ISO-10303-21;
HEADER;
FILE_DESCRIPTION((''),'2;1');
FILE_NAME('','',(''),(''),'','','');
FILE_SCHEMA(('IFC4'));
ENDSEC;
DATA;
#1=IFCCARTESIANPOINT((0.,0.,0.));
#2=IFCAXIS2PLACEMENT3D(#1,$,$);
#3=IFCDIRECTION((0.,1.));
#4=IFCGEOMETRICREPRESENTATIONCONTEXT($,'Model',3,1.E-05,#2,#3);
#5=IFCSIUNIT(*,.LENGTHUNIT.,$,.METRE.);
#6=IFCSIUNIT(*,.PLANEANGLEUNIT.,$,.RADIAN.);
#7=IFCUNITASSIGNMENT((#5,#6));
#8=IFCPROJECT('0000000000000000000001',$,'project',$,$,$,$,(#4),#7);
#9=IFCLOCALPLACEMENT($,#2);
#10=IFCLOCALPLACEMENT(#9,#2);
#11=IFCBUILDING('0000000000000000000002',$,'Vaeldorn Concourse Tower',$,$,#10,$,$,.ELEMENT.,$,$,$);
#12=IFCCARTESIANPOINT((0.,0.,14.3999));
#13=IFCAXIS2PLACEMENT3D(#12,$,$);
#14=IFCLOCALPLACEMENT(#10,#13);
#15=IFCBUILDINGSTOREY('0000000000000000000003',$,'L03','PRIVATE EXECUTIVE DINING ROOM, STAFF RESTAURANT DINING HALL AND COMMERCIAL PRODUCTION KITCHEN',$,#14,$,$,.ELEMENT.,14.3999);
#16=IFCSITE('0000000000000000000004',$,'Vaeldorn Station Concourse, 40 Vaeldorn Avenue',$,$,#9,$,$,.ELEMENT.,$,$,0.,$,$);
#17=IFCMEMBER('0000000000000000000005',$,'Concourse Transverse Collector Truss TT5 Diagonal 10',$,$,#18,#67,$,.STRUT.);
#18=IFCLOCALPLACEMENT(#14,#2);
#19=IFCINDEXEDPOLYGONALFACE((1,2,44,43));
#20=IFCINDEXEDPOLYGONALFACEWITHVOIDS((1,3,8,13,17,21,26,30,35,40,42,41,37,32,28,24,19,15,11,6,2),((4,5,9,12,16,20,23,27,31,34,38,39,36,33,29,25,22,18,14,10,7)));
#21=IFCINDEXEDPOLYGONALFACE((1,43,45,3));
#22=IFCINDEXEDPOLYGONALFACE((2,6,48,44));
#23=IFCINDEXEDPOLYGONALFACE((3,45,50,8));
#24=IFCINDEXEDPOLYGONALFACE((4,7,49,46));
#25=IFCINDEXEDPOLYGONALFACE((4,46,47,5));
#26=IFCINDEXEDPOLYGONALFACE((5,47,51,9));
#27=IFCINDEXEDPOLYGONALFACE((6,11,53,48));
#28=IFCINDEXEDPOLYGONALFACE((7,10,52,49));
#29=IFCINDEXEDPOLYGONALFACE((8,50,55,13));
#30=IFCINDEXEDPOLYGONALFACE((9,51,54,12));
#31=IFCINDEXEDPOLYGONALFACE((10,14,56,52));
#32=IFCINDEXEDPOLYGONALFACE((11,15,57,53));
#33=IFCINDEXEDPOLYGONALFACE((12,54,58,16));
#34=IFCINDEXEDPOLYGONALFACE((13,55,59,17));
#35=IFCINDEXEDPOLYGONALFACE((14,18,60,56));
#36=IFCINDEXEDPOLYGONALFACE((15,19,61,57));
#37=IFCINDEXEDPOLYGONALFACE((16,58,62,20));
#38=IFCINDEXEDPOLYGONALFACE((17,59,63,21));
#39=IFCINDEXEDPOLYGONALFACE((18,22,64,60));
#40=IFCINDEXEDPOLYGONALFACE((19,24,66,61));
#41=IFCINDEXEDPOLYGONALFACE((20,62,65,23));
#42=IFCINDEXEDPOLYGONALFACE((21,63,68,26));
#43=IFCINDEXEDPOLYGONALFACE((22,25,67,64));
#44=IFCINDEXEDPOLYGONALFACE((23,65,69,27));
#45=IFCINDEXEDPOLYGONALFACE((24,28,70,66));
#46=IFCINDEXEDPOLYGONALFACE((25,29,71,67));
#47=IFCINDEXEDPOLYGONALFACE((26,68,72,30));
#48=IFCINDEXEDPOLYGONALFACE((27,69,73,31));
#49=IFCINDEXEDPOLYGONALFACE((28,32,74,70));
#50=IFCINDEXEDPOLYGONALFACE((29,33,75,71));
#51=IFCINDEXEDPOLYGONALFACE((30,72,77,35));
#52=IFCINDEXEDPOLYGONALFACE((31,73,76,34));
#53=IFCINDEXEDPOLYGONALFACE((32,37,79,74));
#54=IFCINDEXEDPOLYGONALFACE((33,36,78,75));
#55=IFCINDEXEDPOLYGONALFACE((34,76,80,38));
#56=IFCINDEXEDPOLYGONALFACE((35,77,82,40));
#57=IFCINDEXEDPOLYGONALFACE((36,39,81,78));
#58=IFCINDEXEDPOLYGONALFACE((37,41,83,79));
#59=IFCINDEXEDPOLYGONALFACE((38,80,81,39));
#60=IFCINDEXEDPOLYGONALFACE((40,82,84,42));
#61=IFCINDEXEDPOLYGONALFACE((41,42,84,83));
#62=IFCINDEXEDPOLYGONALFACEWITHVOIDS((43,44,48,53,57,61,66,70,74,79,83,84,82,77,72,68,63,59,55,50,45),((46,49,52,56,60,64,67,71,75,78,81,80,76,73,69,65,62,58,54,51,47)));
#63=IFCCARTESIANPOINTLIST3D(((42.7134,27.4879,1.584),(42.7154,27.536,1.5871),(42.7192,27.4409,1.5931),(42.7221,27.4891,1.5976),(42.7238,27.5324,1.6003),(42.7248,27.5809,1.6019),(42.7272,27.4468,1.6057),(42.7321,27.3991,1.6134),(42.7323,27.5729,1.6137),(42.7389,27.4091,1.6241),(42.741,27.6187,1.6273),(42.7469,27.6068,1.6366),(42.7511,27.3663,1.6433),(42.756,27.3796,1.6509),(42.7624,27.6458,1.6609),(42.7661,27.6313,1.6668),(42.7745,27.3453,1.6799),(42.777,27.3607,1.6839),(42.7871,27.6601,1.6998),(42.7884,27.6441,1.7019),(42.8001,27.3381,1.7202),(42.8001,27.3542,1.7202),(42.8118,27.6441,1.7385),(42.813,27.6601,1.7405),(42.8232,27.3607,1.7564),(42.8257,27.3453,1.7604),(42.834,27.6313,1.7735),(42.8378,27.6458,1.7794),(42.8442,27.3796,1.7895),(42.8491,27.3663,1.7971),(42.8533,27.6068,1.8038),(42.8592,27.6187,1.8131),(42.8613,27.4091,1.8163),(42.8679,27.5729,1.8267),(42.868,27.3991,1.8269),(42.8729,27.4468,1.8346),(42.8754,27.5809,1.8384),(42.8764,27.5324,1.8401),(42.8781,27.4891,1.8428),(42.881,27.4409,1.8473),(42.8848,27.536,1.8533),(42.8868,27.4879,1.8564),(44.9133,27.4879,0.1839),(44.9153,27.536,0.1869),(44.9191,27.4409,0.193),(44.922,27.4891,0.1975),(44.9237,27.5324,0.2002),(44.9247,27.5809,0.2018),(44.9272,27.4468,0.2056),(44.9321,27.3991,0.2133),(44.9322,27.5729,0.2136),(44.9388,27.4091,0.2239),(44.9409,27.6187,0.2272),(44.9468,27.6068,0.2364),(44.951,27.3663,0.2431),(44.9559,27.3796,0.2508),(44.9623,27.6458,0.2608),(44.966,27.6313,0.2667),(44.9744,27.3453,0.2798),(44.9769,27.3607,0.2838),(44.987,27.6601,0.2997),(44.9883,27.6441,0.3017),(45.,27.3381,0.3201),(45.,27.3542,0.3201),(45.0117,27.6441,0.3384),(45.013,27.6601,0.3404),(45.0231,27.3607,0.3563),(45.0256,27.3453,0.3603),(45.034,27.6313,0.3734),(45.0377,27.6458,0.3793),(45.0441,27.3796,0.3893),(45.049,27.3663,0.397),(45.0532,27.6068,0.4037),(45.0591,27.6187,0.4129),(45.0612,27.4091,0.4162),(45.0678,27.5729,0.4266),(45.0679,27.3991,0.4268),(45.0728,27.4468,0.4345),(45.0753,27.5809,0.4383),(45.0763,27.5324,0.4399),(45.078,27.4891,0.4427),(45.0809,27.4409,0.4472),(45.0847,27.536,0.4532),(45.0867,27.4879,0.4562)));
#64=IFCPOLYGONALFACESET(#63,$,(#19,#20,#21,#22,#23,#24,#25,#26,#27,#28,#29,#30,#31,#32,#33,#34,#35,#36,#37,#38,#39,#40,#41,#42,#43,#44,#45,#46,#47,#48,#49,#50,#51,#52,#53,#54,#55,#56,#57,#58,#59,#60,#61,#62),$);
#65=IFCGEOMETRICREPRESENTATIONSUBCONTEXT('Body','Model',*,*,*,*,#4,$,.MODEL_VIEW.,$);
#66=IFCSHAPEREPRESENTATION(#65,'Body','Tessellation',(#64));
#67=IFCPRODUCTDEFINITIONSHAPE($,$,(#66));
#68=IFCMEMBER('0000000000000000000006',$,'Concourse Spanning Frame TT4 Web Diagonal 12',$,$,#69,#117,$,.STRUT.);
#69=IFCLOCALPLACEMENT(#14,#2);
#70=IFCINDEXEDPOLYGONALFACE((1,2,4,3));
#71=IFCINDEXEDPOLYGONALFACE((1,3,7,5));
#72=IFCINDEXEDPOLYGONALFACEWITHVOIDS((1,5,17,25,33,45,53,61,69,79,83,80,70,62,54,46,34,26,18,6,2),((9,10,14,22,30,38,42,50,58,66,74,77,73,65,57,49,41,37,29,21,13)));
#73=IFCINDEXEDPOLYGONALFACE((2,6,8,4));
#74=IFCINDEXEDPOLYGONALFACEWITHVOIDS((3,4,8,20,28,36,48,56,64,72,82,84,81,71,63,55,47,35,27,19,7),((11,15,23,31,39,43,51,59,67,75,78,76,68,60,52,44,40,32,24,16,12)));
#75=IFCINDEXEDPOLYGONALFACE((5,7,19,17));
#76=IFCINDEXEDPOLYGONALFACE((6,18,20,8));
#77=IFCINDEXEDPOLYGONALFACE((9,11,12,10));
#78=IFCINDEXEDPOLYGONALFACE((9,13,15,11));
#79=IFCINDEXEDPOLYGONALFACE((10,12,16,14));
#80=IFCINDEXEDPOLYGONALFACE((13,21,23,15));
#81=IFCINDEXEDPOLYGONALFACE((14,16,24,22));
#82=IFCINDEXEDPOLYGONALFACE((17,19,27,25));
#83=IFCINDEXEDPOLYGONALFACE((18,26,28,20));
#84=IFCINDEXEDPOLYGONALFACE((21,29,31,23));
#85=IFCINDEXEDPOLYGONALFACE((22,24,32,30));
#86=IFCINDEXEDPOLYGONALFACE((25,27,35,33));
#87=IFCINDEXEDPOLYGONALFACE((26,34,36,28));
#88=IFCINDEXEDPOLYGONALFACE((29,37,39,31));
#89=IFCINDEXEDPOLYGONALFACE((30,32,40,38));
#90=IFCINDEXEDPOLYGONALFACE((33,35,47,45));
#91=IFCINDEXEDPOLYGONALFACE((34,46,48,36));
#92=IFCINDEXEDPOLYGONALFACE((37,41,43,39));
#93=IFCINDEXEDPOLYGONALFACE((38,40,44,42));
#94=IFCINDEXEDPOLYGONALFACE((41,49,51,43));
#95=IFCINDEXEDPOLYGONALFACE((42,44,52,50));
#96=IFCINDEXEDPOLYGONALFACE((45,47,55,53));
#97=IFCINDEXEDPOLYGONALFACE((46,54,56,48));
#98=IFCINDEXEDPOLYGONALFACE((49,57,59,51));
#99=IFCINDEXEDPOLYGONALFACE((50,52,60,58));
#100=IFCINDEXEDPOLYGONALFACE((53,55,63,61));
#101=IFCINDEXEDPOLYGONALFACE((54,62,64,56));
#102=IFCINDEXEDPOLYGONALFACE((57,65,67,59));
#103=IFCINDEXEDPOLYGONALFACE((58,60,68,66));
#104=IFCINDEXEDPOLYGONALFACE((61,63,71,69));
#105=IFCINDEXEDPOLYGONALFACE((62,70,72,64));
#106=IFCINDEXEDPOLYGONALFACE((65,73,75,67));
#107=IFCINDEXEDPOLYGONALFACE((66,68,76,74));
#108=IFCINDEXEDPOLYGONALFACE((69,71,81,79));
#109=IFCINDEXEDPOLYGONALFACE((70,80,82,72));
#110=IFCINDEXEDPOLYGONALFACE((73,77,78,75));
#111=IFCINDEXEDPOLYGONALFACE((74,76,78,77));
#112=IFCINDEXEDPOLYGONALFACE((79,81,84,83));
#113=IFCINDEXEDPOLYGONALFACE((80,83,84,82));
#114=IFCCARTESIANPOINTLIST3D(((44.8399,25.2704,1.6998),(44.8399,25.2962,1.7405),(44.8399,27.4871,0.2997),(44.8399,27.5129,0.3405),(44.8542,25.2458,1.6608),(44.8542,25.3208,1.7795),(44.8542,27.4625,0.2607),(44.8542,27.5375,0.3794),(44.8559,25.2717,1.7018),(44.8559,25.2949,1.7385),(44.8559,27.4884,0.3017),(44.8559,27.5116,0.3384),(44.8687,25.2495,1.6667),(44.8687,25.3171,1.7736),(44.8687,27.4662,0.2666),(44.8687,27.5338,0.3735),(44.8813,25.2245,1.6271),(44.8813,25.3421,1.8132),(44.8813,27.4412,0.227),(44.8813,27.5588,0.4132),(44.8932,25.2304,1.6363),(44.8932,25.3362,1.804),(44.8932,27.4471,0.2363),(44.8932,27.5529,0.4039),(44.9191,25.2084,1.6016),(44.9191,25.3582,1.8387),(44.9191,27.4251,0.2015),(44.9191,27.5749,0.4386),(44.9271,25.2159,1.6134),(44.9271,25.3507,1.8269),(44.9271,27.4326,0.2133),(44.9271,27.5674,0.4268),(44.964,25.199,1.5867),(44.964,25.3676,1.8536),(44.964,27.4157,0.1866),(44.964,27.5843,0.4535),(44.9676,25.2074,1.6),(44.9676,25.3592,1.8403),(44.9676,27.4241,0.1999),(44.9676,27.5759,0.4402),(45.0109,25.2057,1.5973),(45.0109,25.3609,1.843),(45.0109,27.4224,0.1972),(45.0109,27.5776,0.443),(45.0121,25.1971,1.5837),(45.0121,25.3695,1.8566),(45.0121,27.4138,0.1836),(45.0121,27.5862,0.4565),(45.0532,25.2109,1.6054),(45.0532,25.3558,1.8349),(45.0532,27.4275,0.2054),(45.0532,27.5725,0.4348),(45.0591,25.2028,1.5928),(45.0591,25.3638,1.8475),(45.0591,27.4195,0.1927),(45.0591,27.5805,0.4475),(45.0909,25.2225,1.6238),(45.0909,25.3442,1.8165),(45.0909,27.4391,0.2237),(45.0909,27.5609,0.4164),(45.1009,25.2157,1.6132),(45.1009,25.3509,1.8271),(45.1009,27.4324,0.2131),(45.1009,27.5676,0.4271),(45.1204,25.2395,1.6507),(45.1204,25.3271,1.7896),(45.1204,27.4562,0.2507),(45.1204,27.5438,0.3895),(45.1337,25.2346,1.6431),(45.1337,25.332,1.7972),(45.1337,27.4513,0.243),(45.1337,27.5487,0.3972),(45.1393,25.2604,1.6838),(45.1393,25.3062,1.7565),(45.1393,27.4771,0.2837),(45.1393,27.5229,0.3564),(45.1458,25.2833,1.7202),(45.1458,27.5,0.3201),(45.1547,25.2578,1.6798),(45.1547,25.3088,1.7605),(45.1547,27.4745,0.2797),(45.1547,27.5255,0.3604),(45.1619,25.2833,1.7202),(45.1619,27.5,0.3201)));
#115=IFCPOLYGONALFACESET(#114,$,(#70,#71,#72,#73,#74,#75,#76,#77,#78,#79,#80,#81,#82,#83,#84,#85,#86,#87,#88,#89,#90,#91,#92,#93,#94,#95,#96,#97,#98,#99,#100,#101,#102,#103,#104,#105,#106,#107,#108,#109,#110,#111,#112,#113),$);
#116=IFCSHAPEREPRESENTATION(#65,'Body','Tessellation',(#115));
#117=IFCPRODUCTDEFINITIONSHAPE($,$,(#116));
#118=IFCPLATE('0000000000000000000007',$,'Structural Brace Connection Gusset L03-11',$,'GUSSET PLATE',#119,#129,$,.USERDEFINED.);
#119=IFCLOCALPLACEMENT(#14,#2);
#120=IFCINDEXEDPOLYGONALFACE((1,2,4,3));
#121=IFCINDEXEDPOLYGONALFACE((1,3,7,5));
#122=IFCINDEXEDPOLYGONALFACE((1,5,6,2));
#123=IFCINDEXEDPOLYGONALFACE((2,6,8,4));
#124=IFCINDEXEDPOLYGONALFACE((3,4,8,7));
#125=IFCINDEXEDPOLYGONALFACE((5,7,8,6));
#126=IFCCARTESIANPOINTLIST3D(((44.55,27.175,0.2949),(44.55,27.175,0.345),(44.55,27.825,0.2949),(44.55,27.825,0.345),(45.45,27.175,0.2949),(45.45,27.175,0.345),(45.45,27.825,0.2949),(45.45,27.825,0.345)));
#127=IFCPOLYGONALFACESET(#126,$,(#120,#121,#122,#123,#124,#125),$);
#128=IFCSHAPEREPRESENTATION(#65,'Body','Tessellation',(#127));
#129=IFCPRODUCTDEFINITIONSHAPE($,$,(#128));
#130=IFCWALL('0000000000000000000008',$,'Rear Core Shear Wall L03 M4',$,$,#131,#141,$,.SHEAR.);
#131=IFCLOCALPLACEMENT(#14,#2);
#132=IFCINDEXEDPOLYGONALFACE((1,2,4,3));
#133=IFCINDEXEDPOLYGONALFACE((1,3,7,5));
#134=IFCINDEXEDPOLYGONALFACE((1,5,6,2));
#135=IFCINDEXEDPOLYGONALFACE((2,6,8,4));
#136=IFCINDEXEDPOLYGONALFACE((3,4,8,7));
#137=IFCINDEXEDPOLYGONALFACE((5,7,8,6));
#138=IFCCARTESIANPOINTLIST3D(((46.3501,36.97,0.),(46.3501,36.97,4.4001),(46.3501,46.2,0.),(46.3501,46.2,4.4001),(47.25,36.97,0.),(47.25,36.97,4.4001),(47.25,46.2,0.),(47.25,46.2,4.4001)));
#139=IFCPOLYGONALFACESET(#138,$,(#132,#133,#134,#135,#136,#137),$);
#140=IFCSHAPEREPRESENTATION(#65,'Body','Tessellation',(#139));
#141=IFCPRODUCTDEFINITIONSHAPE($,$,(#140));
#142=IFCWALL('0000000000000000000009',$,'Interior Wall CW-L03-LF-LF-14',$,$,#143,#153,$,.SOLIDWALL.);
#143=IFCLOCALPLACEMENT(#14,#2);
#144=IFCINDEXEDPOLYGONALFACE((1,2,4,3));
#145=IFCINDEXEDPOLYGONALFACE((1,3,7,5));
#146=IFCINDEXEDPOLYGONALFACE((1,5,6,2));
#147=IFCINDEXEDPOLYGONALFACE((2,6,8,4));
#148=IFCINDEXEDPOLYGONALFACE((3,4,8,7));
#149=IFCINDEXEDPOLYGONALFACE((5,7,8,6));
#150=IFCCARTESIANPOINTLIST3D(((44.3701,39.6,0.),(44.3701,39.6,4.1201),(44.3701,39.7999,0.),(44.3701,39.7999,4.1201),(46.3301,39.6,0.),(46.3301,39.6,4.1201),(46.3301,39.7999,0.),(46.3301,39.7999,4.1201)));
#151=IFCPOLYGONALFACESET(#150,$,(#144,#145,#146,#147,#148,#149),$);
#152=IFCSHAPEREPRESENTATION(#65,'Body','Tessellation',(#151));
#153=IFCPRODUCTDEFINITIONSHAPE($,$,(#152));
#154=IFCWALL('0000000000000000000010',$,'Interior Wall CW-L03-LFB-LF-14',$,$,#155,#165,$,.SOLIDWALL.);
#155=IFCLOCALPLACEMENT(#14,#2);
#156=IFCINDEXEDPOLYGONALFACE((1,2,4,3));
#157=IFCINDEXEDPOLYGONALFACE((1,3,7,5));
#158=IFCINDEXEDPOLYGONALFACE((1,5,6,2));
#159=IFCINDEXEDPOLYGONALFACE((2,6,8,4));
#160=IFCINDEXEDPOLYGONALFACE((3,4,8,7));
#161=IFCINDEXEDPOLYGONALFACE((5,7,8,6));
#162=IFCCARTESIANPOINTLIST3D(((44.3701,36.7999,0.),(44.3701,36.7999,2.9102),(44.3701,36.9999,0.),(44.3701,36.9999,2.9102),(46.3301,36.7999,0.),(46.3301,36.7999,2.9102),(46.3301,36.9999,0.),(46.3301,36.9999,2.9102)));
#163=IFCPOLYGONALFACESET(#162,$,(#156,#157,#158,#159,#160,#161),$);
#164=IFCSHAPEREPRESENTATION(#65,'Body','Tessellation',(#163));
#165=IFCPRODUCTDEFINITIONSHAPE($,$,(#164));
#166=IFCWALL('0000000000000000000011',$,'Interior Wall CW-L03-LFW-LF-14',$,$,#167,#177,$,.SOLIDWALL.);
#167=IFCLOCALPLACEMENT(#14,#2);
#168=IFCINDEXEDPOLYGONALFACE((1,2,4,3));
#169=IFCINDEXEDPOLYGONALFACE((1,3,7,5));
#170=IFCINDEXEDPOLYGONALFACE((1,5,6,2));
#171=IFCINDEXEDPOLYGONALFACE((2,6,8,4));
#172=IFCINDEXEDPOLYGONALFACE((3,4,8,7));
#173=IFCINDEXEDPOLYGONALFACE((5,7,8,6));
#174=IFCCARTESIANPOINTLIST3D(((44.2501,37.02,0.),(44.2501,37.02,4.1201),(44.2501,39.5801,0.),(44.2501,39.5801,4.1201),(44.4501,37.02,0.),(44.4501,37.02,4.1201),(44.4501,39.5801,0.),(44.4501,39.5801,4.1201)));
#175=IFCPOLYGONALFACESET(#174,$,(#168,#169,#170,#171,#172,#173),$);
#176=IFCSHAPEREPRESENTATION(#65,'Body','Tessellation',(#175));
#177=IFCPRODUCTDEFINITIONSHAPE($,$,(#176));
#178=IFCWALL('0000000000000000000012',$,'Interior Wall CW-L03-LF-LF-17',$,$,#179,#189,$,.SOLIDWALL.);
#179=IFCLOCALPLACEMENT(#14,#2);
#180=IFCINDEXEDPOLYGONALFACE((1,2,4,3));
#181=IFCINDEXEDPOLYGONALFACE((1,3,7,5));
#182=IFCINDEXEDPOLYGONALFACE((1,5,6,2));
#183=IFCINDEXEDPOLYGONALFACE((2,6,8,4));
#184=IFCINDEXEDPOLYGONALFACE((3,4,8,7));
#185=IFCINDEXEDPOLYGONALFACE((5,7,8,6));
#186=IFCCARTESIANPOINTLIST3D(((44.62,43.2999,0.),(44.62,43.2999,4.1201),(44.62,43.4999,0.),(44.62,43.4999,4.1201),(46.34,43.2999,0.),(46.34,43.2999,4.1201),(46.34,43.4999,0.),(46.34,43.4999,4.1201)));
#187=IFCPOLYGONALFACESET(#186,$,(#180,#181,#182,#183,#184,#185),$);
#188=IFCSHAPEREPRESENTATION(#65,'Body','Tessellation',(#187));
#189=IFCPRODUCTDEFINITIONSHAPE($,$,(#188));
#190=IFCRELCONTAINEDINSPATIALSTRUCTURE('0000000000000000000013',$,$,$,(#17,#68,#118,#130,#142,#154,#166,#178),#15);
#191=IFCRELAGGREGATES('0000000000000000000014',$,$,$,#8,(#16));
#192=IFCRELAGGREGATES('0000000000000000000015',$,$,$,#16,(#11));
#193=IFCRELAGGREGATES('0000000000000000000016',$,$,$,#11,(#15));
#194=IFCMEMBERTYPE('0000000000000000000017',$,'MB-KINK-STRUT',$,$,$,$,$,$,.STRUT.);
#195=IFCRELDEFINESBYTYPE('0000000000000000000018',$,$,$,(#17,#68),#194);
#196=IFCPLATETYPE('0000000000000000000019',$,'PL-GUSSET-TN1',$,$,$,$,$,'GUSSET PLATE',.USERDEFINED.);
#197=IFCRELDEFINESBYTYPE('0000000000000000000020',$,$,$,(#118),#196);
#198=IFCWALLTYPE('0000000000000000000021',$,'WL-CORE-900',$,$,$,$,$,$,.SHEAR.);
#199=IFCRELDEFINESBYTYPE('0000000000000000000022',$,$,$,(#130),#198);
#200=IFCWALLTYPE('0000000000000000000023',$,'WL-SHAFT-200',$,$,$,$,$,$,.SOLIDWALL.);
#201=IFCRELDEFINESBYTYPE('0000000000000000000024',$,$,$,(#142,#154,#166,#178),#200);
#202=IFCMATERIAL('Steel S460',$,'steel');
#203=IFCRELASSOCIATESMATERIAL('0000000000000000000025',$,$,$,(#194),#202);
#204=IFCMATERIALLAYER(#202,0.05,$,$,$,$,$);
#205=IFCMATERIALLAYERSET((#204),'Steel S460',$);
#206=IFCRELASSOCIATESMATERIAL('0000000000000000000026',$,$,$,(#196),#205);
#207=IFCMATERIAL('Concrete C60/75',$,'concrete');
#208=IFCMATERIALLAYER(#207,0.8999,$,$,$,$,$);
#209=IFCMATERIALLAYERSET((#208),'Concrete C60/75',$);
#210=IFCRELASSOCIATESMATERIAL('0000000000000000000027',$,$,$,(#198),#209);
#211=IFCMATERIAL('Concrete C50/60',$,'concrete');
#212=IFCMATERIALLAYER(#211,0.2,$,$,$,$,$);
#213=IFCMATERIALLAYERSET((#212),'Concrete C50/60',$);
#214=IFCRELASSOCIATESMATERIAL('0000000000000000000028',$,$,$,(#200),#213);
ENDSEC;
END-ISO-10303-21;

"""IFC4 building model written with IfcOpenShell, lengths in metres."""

from ifc_helpers import new_model, si_unit, direction, frame, frame_2d, origin, origin_2d, place, context, subcontext, project, spatial, rectangle, hollow_circle, extrude, source, transform, mapped, material, layer, layer_set, material_profile, profile_set, type_object, element, save


model = new_model("IFC4")

# Units and contexts
model_context = context("Model", 3, precision=1e-05, world=origin(), true_north=direction((0.0, 1.0)))
body_context = subcontext(model_context, "Body", "Model", "MODEL_VIEW")
ifc_project = project(units=[si_unit("LENGTHUNIT", "METRE"), si_unit("PLANEANGLEUNIT", "RADIAN")], contexts=[model_context])

# Site, building, storey
site_placement = place(None, origin())
site = spatial("IfcSite", under=ifc_project, at=site_placement, Name="Vaeldorn Station Concourse, 40 Vaeldorn Avenue", CompositionType="ELEMENT", RefElevation=0.0)
building_placement = place(site_placement, origin())
building = spatial("IfcBuilding", under=site, at=building_placement, Name="Vaeldorn Concourse Tower", CompositionType="ELEMENT")
storey_placement = place(building_placement, frame((0.0, 0.0, 14.3999)))
storey = spatial("IfcBuildingStorey", under=building, at=storey_placement, Name="L03", Description="PRIVATE EXECUTIVE DINING ROOM, STAFF RESTAURANT DINING HALL AND COMMERCIAL PRODUCTION KITCHEN", CompositionType="ELEMENT", Elevation=14.3999)

# Shared definitions
ifc_material_1 = material(Name="Steel S460", Category="steel")

# Shared definitions
ifc_material_2 = material(Name="Concrete C60/75", Category="concrete")

# Members
ifc_material_profile_1 = material_profile(ifc_material_1, hollow_circle(Radius=0.1619, WallThickness=0.0161, at=origin_2d()), Name="CHS 323.9x16")
ifc_profile_set_1 = profile_set([ifc_material_profile_1], Name="Steel S460")
member_type = type_object("IfcMemberType", Name="MB-KINK-STRUT", PredefinedType="STRUT", material=ifc_profile_set_1)
shared_shape_1 = source(origin(), body_context, "Body", "SweptSolid", [
    extrude(hollow_circle(Radius=0.1619, WallThickness=0.0161, at=origin_2d()), origin(), (0.0, 0.0, 1.0), 2.6077),
])
member_1_placement = place(storey_placement, frame((45.0, 27.5, 0.3201), z_axis=(-0.843631, 0.0, 0.536924), x_axis=(0.0, -1.0, 0.0)))
element("IfcMember", 1, at=member_1_placement, inside=storey, type_object=member_type, Name="Concourse Transverse Collector Truss TT5 Diagonal 10", PredefinedType="STRUT", context=body_context, shape_type="MappedRepresentation", body=[
    mapped(shared_shape_1, transform((0.0, 0.0, 0.0), scale=1.0)),
])
shared_shape_2 = source(origin(), body_context, "Body", "SweptSolid", [
    extrude(hollow_circle(Radius=0.1619, WallThickness=0.0161, at=origin_2d()), origin(), (0.0, 0.0, 1.0), 2.6218),
])
member_2_placement = place(storey_placement, frame((45.0, 27.5, 0.3201), z_axis=(0.0, -0.845478, 0.534011), x_axis=(1.0, 0.0, 0.0)))
element("IfcMember", 2, at=member_2_placement, inside=storey, type_object=member_type, Name="Concourse Spanning Frame TT4 Web Diagonal 12", PredefinedType="STRUT", context=body_context, shape_type="MappedRepresentation", body=[
    mapped(shared_shape_2, transform((0.0, 0.0, 0.0), scale=1.0)),
])

# Plate
ifc_layer_1 = layer(ifc_material_1, 0.05)
ifc_layer_set_1 = layer_set([ifc_layer_1], Name="Steel S460")
plate_type = type_object("IfcPlateType", Name="PL-GUSSET-TN1", ElementType="GUSSET PLATE", PredefinedType="USERDEFINED", material=ifc_layer_set_1)
shared_shape_3 = source(origin(), body_context, "Body", "SweptSolid", [
    extrude(rectangle(XDim=0.8999, YDim=0.6499, at=origin_2d()), origin(), (0.0, 0.0, 1.0), 0.05),
])
plate_placement = place(storey_placement, frame((45.0, 27.5, 0.2949), z_axis=(0.0, 0.0, 1.0), x_axis=(1.0, 0.0, 0.0)))
element("IfcPlate", 3, at=plate_placement, inside=storey, type_object=plate_type, Name="Structural Brace Connection Gusset L03-11", ObjectType="GUSSET PLATE", PredefinedType="USERDEFINED", context=body_context, shape_type="MappedRepresentation", body=[
    mapped(shared_shape_3, transform((0.0, 0.0, 0.0), scale=1.0)),
])

# Wall
ifc_layer_2 = layer(ifc_material_2, 0.8999)
ifc_layer_set_2 = layer_set([ifc_layer_2], Name="Concrete C60/75")
wall_type_1 = type_object("IfcWallType", Name="WL-CORE-900", PredefinedType="SHEAR", material=ifc_layer_set_2)
wall_1_placement = place(storey_placement, frame((46.8, 36.97, 0.0), z_axis=(0.0, 0.0, 1.0), x_axis=(0.0, 1.0, 0.0)))
element("IfcWall", 4, at=wall_1_placement, inside=storey, type_object=wall_type_1, Name="Rear Core Shear Wall L03 M4", PredefinedType="SHEAR", context=body_context, shape_type="SweptSolid", body=[
    extrude(rectangle(XDim=9.23, YDim=0.8999, at=frame_2d((4.615, 0.0))), origin(), (0.0, 0.0, 1.0), 4.4001),
])

# Shared definitions
ifc_material_3 = material(Name="Concrete C50/60", Category="concrete")
ifc_layer_3 = layer(ifc_material_3, 0.2)
ifc_layer_set_3 = layer_set([ifc_layer_3], Name="Concrete C50/60")
wall_type_2 = type_object("IfcWallType", Name="WL-SHAFT-200", PredefinedType="SOLIDWALL", material=ifc_layer_set_3)

# Walls
wall_2_placement = place(storey_placement, frame((44.3701, 39.7, 0.0), z_axis=(0.0, 0.0, 1.0), x_axis=(1.0, 0.0, 0.0)))
element("IfcWall", 5, at=wall_2_placement, inside=storey, type_object=wall_type_2, Name="Interior Wall CW-L03-LF-LF-14", PredefinedType="SOLIDWALL", context=body_context, shape_type="SweptSolid", body=[
    extrude(rectangle(XDim=1.96, YDim=0.2, at=frame_2d((0.98, 0.0))), origin(), (0.0, 0.0, 1.0), 4.1201),
])
wall_3_placement = place(storey_placement, frame((44.3701, 36.8999, 0.0), z_axis=(0.0, 0.0, 1.0), x_axis=(1.0, 0.0, 0.0)))
element("IfcWall", 6, at=wall_3_placement, inside=storey, type_object=wall_type_2, Name="Interior Wall CW-L03-LFB-LF-14", PredefinedType="SOLIDWALL", context=body_context, shape_type="SweptSolid", body=[
    extrude(rectangle(XDim=1.96, YDim=0.2, at=frame_2d((0.98, 0.0))), origin(), (0.0, 0.0, 1.0), 2.9102),
])
wall_4_placement = place(storey_placement, frame((44.3501, 37.02, 0.0), z_axis=(0.0, 0.0, 1.0), x_axis=(0.0, 1.0, 0.0)))
element("IfcWall", 7, at=wall_4_placement, inside=storey, type_object=wall_type_2, Name="Interior Wall CW-L03-LFW-LF-14", PredefinedType="SOLIDWALL", context=body_context, shape_type="SweptSolid", body=[
    extrude(rectangle(XDim=2.5601, YDim=0.2, at=frame_2d((1.28, 0.0))), origin(), (0.0, 0.0, 1.0), 4.1201),
])
wall_5_placement = place(storey_placement, frame((44.6201, 43.3999, 0.0), z_axis=(0.0, 0.0, 1.0), x_axis=(1.0, 0.0, 0.0)))
element("IfcWall", 8, at=wall_5_placement, inside=storey, type_object=wall_type_2, Name="Interior Wall CW-L03-LF-LF-17", PredefinedType="SOLIDWALL", context=body_context, shape_type="SweptSolid", body=[
    extrude(rectangle(XDim=1.72, YDim=0.2, at=frame_2d((0.8599, 0.0))), origin(), (0.0, 0.0, 1.0), 4.1201),
])

save(model, "model.ifc")
